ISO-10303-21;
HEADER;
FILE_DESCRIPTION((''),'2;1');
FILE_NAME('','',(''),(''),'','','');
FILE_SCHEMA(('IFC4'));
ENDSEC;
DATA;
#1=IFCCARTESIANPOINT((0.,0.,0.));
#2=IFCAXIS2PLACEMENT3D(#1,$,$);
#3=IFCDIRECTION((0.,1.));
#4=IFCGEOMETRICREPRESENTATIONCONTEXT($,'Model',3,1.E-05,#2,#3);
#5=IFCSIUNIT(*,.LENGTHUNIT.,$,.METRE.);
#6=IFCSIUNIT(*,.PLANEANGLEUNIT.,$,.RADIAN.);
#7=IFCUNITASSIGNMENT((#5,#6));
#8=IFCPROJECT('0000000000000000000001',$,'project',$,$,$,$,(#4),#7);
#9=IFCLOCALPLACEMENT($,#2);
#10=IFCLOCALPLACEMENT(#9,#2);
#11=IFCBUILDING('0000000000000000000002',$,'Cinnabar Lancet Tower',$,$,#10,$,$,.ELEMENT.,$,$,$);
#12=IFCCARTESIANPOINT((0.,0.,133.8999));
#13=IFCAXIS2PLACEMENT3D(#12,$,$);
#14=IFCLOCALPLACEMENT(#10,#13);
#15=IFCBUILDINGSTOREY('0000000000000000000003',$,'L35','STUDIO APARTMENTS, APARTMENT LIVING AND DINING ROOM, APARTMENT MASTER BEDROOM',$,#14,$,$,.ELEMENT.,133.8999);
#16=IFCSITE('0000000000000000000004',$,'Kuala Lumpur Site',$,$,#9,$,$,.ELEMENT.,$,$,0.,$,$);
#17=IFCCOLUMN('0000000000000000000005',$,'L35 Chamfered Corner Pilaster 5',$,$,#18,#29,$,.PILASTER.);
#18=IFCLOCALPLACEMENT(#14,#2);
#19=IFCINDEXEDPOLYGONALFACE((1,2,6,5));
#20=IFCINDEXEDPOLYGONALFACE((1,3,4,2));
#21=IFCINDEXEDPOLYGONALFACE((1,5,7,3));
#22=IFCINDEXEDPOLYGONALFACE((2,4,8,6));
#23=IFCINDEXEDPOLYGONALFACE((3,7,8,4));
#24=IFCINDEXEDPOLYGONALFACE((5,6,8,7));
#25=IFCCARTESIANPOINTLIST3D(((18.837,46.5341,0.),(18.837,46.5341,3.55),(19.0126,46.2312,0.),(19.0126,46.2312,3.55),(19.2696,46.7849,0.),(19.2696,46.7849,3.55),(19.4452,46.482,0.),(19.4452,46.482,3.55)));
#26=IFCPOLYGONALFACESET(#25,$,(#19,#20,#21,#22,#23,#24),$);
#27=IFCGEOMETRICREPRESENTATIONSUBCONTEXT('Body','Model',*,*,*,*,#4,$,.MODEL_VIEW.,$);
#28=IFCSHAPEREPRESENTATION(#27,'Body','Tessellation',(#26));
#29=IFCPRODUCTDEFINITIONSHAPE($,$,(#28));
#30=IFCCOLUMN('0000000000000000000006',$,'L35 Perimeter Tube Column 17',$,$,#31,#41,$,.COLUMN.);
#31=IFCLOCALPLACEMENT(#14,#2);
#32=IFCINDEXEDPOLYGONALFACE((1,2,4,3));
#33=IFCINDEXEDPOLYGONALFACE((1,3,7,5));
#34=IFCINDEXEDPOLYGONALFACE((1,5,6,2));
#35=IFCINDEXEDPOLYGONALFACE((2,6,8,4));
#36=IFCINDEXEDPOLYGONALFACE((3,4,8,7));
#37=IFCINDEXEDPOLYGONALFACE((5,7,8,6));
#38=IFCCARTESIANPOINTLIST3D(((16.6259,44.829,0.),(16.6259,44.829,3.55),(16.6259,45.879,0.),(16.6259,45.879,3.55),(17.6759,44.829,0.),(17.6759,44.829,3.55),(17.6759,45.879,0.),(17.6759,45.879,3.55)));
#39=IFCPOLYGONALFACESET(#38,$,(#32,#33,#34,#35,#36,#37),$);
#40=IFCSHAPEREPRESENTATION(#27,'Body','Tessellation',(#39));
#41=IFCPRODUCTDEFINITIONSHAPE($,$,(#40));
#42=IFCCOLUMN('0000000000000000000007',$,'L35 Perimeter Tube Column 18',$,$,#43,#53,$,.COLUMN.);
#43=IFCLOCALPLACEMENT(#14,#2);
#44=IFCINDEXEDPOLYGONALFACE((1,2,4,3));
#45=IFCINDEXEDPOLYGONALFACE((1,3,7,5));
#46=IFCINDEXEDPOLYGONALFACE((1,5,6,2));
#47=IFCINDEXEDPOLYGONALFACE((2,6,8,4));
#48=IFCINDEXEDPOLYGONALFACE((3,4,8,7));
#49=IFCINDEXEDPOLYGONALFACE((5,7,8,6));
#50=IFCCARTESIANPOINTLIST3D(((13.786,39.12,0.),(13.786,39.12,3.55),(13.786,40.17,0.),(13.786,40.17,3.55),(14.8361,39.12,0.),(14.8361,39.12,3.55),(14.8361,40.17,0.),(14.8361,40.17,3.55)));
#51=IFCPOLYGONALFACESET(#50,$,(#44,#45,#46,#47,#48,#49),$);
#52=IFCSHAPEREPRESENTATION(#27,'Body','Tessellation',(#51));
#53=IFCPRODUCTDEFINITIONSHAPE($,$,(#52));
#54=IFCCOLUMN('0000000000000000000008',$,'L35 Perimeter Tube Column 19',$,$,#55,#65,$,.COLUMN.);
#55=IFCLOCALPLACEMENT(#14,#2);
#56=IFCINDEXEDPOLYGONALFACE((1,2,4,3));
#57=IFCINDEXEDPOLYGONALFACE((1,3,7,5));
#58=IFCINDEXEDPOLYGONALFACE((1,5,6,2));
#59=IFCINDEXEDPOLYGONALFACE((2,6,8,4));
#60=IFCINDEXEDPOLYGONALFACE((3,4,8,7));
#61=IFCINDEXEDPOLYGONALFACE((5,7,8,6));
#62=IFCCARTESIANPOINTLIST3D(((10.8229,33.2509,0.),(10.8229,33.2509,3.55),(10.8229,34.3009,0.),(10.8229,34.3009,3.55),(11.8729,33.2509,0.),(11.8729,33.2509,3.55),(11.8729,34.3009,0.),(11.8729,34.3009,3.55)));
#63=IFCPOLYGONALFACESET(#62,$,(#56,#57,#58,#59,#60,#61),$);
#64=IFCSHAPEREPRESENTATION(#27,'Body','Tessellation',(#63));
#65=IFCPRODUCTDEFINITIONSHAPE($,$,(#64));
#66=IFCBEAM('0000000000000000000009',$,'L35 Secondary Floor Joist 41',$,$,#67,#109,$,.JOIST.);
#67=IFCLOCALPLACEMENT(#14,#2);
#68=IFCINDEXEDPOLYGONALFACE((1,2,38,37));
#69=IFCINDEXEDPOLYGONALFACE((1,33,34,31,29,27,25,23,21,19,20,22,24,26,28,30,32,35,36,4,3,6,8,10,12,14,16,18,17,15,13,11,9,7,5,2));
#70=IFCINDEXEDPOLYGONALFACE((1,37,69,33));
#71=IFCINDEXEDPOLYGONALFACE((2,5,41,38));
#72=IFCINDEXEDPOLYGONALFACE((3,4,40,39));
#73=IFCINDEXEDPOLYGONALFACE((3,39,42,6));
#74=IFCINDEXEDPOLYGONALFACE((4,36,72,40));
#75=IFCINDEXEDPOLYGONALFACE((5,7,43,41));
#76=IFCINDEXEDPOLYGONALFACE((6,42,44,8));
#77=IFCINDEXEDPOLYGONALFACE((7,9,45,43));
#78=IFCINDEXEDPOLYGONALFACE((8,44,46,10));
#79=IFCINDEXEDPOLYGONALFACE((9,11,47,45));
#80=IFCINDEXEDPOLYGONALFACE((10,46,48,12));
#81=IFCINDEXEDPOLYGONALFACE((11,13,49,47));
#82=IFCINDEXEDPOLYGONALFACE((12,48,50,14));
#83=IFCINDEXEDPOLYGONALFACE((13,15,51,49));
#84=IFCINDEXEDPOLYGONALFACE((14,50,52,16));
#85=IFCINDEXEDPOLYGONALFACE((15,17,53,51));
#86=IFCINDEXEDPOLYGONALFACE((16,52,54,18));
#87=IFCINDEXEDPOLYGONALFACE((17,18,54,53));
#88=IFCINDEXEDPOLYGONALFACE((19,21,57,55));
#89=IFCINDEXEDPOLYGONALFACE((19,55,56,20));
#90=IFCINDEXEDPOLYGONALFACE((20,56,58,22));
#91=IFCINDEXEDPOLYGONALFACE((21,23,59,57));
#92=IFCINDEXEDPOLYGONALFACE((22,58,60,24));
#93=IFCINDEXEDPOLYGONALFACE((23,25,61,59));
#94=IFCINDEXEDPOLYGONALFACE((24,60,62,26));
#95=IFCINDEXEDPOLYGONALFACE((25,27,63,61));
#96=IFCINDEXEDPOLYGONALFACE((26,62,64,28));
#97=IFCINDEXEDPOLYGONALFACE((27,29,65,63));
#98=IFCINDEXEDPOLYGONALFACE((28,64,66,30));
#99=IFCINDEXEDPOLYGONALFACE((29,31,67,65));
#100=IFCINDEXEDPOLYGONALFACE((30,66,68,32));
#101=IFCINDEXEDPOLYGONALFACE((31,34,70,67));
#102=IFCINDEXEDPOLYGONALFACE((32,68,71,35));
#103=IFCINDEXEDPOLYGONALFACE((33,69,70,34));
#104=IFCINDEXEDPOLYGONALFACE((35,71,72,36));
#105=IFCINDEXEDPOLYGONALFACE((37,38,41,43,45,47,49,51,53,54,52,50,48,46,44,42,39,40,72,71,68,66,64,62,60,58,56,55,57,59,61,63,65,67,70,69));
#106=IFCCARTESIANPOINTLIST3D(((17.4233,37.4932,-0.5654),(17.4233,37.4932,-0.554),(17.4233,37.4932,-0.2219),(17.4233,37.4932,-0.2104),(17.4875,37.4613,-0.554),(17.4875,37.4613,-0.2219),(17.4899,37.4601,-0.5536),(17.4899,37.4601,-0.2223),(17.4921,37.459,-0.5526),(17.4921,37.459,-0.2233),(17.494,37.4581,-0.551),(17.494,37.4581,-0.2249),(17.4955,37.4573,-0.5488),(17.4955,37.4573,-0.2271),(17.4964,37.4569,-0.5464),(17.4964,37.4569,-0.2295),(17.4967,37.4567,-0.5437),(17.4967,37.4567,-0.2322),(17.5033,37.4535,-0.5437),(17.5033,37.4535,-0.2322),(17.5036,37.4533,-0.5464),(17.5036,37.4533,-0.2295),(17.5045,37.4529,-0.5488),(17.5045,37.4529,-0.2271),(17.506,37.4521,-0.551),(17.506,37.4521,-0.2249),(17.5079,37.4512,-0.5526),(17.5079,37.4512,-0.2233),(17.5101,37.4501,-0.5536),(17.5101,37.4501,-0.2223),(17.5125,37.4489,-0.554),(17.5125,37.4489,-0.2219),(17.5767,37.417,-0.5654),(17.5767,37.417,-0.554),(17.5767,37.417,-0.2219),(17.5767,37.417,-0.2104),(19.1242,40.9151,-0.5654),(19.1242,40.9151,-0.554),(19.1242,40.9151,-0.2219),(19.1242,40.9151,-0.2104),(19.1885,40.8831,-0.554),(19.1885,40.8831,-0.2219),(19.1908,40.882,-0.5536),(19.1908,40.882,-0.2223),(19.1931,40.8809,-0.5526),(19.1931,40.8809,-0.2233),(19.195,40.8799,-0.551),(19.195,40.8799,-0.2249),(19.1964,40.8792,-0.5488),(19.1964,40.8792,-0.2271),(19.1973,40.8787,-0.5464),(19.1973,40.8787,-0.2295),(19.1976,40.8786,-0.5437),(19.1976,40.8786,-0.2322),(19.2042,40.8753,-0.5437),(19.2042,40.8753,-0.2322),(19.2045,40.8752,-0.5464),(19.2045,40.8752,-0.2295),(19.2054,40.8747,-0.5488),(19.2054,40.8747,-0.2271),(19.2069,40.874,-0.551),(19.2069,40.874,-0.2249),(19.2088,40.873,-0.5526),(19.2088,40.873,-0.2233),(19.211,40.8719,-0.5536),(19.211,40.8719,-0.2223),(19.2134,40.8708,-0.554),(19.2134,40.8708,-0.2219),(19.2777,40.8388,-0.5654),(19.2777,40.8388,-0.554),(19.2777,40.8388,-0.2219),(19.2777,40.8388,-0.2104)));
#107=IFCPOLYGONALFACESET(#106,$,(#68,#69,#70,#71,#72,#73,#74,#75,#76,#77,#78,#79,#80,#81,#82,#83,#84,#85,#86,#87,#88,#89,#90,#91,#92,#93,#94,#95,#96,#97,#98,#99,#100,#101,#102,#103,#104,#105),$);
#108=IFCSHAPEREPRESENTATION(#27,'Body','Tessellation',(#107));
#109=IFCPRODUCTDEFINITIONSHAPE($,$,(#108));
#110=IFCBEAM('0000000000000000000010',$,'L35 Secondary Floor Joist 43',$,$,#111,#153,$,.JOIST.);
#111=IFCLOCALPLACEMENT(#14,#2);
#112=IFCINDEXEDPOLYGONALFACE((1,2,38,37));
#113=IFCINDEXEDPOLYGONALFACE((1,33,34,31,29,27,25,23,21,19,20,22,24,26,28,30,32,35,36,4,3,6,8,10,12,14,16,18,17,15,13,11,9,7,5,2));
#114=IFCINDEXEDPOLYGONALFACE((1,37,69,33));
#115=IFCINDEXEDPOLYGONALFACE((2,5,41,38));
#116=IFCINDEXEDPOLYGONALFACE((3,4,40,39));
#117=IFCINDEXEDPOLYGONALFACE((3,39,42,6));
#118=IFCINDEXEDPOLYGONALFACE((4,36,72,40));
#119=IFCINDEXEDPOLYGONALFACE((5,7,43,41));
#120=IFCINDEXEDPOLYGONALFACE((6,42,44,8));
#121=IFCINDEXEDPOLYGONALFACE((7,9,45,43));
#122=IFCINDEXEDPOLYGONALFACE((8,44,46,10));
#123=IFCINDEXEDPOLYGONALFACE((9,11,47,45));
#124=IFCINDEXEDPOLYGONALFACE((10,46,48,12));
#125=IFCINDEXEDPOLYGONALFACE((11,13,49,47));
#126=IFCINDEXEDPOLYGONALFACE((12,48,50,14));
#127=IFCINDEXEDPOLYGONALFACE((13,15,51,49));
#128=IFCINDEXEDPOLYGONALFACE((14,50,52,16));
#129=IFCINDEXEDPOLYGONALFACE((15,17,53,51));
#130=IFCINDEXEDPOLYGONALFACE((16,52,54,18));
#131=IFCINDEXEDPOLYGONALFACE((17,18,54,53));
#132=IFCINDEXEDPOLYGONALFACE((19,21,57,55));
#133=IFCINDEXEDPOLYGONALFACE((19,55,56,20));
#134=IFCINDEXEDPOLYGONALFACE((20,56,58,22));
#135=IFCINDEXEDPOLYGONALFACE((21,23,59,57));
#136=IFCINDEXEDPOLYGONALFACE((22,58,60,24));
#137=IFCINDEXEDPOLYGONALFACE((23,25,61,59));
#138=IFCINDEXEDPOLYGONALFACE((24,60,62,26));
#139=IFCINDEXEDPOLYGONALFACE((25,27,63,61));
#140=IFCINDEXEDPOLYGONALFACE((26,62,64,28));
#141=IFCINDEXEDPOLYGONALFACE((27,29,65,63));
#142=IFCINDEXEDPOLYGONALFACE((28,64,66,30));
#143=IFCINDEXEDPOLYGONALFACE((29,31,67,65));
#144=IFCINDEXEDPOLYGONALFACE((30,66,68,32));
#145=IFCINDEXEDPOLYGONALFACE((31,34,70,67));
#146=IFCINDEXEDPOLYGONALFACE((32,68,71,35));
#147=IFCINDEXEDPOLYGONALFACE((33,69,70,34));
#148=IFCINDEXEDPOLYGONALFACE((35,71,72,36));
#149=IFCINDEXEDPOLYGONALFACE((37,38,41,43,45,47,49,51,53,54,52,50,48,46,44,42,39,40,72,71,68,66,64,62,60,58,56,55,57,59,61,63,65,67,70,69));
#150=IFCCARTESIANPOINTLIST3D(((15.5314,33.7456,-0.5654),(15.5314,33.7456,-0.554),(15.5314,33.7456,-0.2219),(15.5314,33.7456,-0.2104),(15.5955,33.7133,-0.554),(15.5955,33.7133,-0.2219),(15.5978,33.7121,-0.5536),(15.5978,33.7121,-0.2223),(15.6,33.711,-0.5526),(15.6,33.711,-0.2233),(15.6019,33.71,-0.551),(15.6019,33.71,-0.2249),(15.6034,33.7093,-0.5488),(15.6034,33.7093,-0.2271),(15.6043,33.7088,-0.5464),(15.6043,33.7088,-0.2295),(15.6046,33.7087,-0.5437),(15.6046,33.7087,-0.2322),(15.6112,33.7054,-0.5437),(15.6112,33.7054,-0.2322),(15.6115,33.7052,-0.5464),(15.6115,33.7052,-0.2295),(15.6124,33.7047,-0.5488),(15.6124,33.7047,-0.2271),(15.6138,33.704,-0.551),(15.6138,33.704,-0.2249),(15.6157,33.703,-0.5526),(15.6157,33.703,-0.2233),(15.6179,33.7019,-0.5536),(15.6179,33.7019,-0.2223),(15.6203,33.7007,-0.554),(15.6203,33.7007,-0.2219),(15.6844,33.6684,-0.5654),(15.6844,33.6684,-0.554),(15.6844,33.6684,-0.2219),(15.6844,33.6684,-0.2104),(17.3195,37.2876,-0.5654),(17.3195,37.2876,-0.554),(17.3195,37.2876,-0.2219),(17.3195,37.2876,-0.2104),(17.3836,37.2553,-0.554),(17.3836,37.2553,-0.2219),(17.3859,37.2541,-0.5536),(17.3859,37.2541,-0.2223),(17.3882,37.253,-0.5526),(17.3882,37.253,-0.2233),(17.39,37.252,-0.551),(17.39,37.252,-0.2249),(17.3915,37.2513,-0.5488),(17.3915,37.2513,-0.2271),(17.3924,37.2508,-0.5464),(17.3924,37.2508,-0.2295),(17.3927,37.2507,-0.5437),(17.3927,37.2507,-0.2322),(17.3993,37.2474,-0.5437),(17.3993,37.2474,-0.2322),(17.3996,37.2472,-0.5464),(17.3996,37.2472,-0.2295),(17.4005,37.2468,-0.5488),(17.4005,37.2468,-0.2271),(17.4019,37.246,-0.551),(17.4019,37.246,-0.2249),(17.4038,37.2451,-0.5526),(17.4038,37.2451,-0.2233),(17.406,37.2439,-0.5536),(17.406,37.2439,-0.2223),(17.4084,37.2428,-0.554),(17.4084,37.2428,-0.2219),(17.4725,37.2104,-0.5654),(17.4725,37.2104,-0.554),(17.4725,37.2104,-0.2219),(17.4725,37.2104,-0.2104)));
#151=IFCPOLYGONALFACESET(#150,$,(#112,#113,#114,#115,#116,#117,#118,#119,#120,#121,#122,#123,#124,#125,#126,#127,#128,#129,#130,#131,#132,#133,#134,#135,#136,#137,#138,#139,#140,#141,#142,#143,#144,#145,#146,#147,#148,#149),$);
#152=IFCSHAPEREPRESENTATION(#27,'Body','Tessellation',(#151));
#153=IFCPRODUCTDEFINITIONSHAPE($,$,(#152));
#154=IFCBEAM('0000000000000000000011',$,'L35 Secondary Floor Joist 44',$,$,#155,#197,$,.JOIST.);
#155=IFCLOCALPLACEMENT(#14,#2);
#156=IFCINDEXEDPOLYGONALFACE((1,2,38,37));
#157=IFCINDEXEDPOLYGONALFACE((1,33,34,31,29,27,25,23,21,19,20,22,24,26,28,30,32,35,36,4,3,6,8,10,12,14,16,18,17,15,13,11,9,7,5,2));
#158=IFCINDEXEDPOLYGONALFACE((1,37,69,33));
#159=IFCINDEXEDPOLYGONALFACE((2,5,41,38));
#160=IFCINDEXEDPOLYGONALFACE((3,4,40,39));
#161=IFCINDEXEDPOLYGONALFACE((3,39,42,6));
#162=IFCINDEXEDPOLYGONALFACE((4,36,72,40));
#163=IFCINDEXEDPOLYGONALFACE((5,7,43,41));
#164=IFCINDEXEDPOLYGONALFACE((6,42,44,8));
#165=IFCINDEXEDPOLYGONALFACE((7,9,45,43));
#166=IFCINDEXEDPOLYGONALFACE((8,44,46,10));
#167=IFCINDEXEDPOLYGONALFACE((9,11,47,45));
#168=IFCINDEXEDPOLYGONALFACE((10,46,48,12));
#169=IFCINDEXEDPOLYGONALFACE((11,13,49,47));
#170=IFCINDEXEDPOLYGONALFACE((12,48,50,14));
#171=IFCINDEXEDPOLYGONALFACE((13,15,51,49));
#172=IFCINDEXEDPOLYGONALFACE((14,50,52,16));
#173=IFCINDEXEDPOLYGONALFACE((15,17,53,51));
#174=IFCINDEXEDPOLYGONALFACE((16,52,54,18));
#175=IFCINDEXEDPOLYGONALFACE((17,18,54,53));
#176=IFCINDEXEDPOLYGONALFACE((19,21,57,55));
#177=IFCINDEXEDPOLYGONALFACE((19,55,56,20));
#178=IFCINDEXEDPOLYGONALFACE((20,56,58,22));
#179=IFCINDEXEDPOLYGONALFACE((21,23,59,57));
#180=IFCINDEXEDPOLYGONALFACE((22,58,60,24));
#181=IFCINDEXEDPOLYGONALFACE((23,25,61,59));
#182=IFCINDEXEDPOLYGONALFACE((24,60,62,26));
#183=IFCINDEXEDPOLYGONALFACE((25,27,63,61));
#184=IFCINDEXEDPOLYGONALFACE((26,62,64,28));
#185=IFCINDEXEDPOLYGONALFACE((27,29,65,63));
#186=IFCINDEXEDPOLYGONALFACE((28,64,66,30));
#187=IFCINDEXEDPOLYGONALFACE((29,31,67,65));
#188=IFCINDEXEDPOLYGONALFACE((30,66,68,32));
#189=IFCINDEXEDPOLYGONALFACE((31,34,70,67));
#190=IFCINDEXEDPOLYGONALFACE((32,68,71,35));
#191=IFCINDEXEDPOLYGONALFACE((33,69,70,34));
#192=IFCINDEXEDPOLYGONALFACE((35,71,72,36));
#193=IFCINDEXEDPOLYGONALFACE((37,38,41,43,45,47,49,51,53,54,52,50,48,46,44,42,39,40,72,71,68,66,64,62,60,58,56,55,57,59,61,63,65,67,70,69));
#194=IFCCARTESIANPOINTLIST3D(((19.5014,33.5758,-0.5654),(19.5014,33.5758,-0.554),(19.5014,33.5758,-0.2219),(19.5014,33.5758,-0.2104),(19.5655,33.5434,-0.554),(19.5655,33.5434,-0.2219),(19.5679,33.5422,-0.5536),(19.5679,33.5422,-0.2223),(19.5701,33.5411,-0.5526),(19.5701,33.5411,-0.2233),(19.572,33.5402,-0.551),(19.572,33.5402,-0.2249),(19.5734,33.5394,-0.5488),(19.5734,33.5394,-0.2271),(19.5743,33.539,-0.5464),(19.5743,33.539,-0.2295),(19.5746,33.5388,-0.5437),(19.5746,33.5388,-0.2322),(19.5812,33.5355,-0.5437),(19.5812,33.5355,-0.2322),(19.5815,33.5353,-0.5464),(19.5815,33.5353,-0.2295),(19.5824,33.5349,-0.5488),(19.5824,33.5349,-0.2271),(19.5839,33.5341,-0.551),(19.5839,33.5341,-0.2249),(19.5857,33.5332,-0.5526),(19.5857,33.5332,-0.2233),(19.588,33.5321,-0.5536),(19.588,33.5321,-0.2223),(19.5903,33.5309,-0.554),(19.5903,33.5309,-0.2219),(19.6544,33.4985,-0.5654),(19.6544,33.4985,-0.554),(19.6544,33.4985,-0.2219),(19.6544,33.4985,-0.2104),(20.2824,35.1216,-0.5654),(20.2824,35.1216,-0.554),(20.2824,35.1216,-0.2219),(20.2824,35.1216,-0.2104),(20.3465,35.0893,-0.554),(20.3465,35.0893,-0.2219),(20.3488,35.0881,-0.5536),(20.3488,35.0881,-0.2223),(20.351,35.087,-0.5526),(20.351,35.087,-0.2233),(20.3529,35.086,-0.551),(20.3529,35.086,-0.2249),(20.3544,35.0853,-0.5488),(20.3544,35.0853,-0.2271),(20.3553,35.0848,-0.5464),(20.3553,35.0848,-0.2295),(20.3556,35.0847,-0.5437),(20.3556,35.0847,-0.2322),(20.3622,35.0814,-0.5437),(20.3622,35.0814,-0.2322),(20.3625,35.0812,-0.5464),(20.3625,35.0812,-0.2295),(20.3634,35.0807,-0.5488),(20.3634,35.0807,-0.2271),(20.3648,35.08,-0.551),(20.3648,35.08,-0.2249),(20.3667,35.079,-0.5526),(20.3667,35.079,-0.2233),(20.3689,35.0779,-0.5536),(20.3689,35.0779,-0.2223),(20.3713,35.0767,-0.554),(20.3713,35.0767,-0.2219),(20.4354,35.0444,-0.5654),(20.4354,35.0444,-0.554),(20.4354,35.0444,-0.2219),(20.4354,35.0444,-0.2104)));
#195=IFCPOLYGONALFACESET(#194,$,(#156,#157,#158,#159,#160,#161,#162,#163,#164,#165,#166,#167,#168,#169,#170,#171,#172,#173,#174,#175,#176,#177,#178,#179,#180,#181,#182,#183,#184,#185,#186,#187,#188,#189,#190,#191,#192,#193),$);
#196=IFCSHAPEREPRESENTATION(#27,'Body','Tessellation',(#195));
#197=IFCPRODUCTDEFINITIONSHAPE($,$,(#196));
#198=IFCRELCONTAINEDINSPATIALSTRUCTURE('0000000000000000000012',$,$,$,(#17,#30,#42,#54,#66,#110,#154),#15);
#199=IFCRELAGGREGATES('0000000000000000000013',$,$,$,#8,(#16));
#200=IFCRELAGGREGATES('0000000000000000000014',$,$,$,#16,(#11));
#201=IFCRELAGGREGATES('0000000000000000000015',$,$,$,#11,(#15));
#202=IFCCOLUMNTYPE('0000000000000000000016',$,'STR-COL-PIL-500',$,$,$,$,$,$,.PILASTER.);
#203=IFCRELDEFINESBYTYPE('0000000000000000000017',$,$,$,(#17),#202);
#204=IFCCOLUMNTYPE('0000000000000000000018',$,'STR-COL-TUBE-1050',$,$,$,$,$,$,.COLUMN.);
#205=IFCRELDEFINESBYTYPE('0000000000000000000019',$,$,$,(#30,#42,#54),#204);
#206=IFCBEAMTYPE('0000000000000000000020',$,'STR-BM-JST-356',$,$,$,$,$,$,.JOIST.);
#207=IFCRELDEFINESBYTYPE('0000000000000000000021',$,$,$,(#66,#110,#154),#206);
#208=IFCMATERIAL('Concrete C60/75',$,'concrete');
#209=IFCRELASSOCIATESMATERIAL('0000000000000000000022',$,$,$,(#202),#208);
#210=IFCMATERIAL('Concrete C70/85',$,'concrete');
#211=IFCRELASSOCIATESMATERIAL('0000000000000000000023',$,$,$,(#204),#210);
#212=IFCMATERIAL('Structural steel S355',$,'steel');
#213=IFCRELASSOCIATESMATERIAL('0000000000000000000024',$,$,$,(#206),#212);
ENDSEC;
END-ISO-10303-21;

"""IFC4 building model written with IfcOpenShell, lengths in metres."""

from ifc_helpers import new_model, si_unit, direction, frame, origin, origin_2d, place, context, subcontext, project, spatial, rectangle, i_section, extrude, material, material_profile, profile_set, type_object, element, save


model = new_model("IFC4")

# Units and contexts
model_context = context("Model", 3, precision=1e-05, world=origin(), true_north=direction((0.0, 1.0)))
body_context = subcontext(model_context, "Body", "Model", "MODEL_VIEW")
ifc_project = project(units=[si_unit("LENGTHUNIT", "METRE"), si_unit("PLANEANGLEUNIT", "RADIAN")], contexts=[model_context])

# Site, building, storey
site_placement = place(None, origin())
site = spatial("IfcSite", under=ifc_project, at=site_placement, Name="Kuala Lumpur Site", CompositionType="ELEMENT", RefElevation=0.0)
building_placement = place(site_placement, origin())
building = spatial("IfcBuilding", under=site, at=building_placement, Name="Cinnabar Lancet Tower", CompositionType="ELEMENT")
storey_placement = place(building_placement, frame((0.0, 0.0, 133.8999)))
storey = spatial("IfcBuildingStorey", under=building, at=storey_placement, Name="L35", Description="STUDIO APARTMENTS, APARTMENT LIVING AND DINING ROOM, APARTMENT MASTER BEDROOM", CompositionType="ELEMENT", Elevation=133.8999)

# Columns
ifc_material_1 = material(Name="Concrete C60/75", Category="concrete")
ifc_material_profile_1 = material_profile(ifc_material_1, rectangle(XDim=0.5, YDim=0.3501, at=origin_2d()), Name="RC-PIL 500x350")
ifc_profile_set_1 = profile_set([ifc_material_profile_1], Name="Concrete C60/75")
column_type_1 = type_object("IfcColumnType", Name="STR-COL-PIL-500", PredefinedType="PILASTER", material=ifc_profile_set_1)
column_placement = place(storey_placement, frame((19.1411, 46.5081, 0.0), z_axis=(0.0, 0.0, 1.0), x_axis=(-0.86516, -0.501496, 0.0)))
element("IfcColumn", 1, at=column_placement, inside=storey, type_object=column_type_1, Name="L35 Chamfered Corner Pilaster 5", PredefinedType="PILASTER", context=body_context, shape_type="SweptSolid", body=[
    extrude(rectangle(XDim=0.5, YDim=0.3501, at=origin_2d()), origin(), (0.0, 0.0, 1.0), 3.55),
])
ifc_material_2 = material(Name="Concrete C70/85", Category="concrete")
ifc_material_profile_2 = material_profile(ifc_material_2, rectangle(XDim=1.05, YDim=1.05, at=origin_2d()), Name="RC-COL 1050x1050")
ifc_profile_set_2 = profile_set([ifc_material_profile_2], Name="Concrete C70/85")
column_type_2 = type_object("IfcColumnType", Name="STR-COL-TUBE-1050", PredefinedType="COLUMN", material=ifc_profile_set_2)
for number, where, z_axis, x_axis, name in (
    (2, (17.1509, 45.354, 0.0), (0.0, 0.0, 1.0), (1.0, 0.0, 0.0), "L35 Perimeter Tube Column 17"),
    (3, (14.311, 39.645, 0.0), (0.0, 0.0, 1.0), (1.0, 0.0, 0.0), "L35 Perimeter Tube Column 18"),
    (4, (11.3479, 33.7759, 0.0), (0.0, 0.0, 1.0), (1.0, 0.0, 0.0), "L35 Perimeter Tube Column 19"),
):
    element("IfcColumn", number, at=place(storey_placement, frame(where, z_axis=z_axis, x_axis=x_axis)), inside=storey, type_object=column_type_2, Name=name, PredefinedType="COLUMN", context=body_context, shape_type="SweptSolid", body=[
        extrude(rectangle(XDim=1.05, YDim=1.05, at=origin_2d()), origin(), (0.0, 0.0, 1.0), 3.55),
    ])

# Beams
ifc_material_3 = material(Name="Structural steel S355", Category="steel")
ifc_material_profile_3 = material_profile(ifc_material_3, i_section(OverallWidth=0.1714, OverallDepth=0.355, WebThickness=0.0073, FlangeThickness=0.0115, FilletRadius=0.0103, at=origin_2d()), Name="UKB 356x171x51")
ifc_profile_set_3 = profile_set([ifc_material_profile_3], Name="Structural steel S355")
beam_type_1 = type_object("IfcBeamType", Name="STR-BM-JST-356", PredefinedType="JOIST", material=ifc_profile_set_3)
beam_1_placement = place(storey_placement, frame((19.2009, 40.877, -0.3879), z_axis=(-0.445117, -0.895473, 0.0), x_axis=(0.895473, -0.445117, 0.0)))
element("IfcBeam", 5, at=beam_1_placement, inside=storey, type_object=beam_type_1, Name="L35 Secondary Floor Joist 41", PredefinedType="JOIST", context=body_context, shape_type="SweptSolid", body=[
    extrude(i_section(OverallWidth=0.1714, OverallDepth=0.355, WebThickness=0.0073, FlangeThickness=0.0115, FilletRadius=0.0103, at=origin_2d()), origin(), (0.0, 0.0, 1.0), 3.8213),
])
beam_2_placement = place(storey_placement, frame((17.396, 37.249, -0.3879), z_axis=(-0.450656, -0.892698, 0.0), x_axis=(0.892698, -0.450656, 0.0)))
element("IfcBeam", 6, at=beam_2_placement, inside=storey, type_object=beam_type_1, Name="L35 Secondary Floor Joist 43", PredefinedType="JOIST", context=body_context, shape_type="SweptSolid", body=[
    extrude(i_section(OverallWidth=0.1714, OverallDepth=0.355, WebThickness=0.0073, FlangeThickness=0.0115, FilletRadius=0.0103, at=origin_2d()), origin(), (0.0, 0.0, 1.0), 3.9678),
])
beam_3_placement = place(storey_placement, frame((20.3589, 35.083, -0.3879), z_axis=(-0.450931, -0.892559, 0.0), x_axis=(0.892559, -0.450931, 0.0)))
element("IfcBeam", 7, at=beam_3_placement, inside=storey, type_object=beam_type_1, Name="L35 Secondary Floor Joist 44", PredefinedType="JOIST", context=body_context, shape_type="SweptSolid", body=[
    extrude(i_section(OverallWidth=0.1714, OverallDepth=0.355, WebThickness=0.0073, FlangeThickness=0.0115, FilletRadius=0.0103, at=origin_2d()), origin(), (0.0, 0.0, 1.0), 1.7319),
])

save(model, "model.ifc")
